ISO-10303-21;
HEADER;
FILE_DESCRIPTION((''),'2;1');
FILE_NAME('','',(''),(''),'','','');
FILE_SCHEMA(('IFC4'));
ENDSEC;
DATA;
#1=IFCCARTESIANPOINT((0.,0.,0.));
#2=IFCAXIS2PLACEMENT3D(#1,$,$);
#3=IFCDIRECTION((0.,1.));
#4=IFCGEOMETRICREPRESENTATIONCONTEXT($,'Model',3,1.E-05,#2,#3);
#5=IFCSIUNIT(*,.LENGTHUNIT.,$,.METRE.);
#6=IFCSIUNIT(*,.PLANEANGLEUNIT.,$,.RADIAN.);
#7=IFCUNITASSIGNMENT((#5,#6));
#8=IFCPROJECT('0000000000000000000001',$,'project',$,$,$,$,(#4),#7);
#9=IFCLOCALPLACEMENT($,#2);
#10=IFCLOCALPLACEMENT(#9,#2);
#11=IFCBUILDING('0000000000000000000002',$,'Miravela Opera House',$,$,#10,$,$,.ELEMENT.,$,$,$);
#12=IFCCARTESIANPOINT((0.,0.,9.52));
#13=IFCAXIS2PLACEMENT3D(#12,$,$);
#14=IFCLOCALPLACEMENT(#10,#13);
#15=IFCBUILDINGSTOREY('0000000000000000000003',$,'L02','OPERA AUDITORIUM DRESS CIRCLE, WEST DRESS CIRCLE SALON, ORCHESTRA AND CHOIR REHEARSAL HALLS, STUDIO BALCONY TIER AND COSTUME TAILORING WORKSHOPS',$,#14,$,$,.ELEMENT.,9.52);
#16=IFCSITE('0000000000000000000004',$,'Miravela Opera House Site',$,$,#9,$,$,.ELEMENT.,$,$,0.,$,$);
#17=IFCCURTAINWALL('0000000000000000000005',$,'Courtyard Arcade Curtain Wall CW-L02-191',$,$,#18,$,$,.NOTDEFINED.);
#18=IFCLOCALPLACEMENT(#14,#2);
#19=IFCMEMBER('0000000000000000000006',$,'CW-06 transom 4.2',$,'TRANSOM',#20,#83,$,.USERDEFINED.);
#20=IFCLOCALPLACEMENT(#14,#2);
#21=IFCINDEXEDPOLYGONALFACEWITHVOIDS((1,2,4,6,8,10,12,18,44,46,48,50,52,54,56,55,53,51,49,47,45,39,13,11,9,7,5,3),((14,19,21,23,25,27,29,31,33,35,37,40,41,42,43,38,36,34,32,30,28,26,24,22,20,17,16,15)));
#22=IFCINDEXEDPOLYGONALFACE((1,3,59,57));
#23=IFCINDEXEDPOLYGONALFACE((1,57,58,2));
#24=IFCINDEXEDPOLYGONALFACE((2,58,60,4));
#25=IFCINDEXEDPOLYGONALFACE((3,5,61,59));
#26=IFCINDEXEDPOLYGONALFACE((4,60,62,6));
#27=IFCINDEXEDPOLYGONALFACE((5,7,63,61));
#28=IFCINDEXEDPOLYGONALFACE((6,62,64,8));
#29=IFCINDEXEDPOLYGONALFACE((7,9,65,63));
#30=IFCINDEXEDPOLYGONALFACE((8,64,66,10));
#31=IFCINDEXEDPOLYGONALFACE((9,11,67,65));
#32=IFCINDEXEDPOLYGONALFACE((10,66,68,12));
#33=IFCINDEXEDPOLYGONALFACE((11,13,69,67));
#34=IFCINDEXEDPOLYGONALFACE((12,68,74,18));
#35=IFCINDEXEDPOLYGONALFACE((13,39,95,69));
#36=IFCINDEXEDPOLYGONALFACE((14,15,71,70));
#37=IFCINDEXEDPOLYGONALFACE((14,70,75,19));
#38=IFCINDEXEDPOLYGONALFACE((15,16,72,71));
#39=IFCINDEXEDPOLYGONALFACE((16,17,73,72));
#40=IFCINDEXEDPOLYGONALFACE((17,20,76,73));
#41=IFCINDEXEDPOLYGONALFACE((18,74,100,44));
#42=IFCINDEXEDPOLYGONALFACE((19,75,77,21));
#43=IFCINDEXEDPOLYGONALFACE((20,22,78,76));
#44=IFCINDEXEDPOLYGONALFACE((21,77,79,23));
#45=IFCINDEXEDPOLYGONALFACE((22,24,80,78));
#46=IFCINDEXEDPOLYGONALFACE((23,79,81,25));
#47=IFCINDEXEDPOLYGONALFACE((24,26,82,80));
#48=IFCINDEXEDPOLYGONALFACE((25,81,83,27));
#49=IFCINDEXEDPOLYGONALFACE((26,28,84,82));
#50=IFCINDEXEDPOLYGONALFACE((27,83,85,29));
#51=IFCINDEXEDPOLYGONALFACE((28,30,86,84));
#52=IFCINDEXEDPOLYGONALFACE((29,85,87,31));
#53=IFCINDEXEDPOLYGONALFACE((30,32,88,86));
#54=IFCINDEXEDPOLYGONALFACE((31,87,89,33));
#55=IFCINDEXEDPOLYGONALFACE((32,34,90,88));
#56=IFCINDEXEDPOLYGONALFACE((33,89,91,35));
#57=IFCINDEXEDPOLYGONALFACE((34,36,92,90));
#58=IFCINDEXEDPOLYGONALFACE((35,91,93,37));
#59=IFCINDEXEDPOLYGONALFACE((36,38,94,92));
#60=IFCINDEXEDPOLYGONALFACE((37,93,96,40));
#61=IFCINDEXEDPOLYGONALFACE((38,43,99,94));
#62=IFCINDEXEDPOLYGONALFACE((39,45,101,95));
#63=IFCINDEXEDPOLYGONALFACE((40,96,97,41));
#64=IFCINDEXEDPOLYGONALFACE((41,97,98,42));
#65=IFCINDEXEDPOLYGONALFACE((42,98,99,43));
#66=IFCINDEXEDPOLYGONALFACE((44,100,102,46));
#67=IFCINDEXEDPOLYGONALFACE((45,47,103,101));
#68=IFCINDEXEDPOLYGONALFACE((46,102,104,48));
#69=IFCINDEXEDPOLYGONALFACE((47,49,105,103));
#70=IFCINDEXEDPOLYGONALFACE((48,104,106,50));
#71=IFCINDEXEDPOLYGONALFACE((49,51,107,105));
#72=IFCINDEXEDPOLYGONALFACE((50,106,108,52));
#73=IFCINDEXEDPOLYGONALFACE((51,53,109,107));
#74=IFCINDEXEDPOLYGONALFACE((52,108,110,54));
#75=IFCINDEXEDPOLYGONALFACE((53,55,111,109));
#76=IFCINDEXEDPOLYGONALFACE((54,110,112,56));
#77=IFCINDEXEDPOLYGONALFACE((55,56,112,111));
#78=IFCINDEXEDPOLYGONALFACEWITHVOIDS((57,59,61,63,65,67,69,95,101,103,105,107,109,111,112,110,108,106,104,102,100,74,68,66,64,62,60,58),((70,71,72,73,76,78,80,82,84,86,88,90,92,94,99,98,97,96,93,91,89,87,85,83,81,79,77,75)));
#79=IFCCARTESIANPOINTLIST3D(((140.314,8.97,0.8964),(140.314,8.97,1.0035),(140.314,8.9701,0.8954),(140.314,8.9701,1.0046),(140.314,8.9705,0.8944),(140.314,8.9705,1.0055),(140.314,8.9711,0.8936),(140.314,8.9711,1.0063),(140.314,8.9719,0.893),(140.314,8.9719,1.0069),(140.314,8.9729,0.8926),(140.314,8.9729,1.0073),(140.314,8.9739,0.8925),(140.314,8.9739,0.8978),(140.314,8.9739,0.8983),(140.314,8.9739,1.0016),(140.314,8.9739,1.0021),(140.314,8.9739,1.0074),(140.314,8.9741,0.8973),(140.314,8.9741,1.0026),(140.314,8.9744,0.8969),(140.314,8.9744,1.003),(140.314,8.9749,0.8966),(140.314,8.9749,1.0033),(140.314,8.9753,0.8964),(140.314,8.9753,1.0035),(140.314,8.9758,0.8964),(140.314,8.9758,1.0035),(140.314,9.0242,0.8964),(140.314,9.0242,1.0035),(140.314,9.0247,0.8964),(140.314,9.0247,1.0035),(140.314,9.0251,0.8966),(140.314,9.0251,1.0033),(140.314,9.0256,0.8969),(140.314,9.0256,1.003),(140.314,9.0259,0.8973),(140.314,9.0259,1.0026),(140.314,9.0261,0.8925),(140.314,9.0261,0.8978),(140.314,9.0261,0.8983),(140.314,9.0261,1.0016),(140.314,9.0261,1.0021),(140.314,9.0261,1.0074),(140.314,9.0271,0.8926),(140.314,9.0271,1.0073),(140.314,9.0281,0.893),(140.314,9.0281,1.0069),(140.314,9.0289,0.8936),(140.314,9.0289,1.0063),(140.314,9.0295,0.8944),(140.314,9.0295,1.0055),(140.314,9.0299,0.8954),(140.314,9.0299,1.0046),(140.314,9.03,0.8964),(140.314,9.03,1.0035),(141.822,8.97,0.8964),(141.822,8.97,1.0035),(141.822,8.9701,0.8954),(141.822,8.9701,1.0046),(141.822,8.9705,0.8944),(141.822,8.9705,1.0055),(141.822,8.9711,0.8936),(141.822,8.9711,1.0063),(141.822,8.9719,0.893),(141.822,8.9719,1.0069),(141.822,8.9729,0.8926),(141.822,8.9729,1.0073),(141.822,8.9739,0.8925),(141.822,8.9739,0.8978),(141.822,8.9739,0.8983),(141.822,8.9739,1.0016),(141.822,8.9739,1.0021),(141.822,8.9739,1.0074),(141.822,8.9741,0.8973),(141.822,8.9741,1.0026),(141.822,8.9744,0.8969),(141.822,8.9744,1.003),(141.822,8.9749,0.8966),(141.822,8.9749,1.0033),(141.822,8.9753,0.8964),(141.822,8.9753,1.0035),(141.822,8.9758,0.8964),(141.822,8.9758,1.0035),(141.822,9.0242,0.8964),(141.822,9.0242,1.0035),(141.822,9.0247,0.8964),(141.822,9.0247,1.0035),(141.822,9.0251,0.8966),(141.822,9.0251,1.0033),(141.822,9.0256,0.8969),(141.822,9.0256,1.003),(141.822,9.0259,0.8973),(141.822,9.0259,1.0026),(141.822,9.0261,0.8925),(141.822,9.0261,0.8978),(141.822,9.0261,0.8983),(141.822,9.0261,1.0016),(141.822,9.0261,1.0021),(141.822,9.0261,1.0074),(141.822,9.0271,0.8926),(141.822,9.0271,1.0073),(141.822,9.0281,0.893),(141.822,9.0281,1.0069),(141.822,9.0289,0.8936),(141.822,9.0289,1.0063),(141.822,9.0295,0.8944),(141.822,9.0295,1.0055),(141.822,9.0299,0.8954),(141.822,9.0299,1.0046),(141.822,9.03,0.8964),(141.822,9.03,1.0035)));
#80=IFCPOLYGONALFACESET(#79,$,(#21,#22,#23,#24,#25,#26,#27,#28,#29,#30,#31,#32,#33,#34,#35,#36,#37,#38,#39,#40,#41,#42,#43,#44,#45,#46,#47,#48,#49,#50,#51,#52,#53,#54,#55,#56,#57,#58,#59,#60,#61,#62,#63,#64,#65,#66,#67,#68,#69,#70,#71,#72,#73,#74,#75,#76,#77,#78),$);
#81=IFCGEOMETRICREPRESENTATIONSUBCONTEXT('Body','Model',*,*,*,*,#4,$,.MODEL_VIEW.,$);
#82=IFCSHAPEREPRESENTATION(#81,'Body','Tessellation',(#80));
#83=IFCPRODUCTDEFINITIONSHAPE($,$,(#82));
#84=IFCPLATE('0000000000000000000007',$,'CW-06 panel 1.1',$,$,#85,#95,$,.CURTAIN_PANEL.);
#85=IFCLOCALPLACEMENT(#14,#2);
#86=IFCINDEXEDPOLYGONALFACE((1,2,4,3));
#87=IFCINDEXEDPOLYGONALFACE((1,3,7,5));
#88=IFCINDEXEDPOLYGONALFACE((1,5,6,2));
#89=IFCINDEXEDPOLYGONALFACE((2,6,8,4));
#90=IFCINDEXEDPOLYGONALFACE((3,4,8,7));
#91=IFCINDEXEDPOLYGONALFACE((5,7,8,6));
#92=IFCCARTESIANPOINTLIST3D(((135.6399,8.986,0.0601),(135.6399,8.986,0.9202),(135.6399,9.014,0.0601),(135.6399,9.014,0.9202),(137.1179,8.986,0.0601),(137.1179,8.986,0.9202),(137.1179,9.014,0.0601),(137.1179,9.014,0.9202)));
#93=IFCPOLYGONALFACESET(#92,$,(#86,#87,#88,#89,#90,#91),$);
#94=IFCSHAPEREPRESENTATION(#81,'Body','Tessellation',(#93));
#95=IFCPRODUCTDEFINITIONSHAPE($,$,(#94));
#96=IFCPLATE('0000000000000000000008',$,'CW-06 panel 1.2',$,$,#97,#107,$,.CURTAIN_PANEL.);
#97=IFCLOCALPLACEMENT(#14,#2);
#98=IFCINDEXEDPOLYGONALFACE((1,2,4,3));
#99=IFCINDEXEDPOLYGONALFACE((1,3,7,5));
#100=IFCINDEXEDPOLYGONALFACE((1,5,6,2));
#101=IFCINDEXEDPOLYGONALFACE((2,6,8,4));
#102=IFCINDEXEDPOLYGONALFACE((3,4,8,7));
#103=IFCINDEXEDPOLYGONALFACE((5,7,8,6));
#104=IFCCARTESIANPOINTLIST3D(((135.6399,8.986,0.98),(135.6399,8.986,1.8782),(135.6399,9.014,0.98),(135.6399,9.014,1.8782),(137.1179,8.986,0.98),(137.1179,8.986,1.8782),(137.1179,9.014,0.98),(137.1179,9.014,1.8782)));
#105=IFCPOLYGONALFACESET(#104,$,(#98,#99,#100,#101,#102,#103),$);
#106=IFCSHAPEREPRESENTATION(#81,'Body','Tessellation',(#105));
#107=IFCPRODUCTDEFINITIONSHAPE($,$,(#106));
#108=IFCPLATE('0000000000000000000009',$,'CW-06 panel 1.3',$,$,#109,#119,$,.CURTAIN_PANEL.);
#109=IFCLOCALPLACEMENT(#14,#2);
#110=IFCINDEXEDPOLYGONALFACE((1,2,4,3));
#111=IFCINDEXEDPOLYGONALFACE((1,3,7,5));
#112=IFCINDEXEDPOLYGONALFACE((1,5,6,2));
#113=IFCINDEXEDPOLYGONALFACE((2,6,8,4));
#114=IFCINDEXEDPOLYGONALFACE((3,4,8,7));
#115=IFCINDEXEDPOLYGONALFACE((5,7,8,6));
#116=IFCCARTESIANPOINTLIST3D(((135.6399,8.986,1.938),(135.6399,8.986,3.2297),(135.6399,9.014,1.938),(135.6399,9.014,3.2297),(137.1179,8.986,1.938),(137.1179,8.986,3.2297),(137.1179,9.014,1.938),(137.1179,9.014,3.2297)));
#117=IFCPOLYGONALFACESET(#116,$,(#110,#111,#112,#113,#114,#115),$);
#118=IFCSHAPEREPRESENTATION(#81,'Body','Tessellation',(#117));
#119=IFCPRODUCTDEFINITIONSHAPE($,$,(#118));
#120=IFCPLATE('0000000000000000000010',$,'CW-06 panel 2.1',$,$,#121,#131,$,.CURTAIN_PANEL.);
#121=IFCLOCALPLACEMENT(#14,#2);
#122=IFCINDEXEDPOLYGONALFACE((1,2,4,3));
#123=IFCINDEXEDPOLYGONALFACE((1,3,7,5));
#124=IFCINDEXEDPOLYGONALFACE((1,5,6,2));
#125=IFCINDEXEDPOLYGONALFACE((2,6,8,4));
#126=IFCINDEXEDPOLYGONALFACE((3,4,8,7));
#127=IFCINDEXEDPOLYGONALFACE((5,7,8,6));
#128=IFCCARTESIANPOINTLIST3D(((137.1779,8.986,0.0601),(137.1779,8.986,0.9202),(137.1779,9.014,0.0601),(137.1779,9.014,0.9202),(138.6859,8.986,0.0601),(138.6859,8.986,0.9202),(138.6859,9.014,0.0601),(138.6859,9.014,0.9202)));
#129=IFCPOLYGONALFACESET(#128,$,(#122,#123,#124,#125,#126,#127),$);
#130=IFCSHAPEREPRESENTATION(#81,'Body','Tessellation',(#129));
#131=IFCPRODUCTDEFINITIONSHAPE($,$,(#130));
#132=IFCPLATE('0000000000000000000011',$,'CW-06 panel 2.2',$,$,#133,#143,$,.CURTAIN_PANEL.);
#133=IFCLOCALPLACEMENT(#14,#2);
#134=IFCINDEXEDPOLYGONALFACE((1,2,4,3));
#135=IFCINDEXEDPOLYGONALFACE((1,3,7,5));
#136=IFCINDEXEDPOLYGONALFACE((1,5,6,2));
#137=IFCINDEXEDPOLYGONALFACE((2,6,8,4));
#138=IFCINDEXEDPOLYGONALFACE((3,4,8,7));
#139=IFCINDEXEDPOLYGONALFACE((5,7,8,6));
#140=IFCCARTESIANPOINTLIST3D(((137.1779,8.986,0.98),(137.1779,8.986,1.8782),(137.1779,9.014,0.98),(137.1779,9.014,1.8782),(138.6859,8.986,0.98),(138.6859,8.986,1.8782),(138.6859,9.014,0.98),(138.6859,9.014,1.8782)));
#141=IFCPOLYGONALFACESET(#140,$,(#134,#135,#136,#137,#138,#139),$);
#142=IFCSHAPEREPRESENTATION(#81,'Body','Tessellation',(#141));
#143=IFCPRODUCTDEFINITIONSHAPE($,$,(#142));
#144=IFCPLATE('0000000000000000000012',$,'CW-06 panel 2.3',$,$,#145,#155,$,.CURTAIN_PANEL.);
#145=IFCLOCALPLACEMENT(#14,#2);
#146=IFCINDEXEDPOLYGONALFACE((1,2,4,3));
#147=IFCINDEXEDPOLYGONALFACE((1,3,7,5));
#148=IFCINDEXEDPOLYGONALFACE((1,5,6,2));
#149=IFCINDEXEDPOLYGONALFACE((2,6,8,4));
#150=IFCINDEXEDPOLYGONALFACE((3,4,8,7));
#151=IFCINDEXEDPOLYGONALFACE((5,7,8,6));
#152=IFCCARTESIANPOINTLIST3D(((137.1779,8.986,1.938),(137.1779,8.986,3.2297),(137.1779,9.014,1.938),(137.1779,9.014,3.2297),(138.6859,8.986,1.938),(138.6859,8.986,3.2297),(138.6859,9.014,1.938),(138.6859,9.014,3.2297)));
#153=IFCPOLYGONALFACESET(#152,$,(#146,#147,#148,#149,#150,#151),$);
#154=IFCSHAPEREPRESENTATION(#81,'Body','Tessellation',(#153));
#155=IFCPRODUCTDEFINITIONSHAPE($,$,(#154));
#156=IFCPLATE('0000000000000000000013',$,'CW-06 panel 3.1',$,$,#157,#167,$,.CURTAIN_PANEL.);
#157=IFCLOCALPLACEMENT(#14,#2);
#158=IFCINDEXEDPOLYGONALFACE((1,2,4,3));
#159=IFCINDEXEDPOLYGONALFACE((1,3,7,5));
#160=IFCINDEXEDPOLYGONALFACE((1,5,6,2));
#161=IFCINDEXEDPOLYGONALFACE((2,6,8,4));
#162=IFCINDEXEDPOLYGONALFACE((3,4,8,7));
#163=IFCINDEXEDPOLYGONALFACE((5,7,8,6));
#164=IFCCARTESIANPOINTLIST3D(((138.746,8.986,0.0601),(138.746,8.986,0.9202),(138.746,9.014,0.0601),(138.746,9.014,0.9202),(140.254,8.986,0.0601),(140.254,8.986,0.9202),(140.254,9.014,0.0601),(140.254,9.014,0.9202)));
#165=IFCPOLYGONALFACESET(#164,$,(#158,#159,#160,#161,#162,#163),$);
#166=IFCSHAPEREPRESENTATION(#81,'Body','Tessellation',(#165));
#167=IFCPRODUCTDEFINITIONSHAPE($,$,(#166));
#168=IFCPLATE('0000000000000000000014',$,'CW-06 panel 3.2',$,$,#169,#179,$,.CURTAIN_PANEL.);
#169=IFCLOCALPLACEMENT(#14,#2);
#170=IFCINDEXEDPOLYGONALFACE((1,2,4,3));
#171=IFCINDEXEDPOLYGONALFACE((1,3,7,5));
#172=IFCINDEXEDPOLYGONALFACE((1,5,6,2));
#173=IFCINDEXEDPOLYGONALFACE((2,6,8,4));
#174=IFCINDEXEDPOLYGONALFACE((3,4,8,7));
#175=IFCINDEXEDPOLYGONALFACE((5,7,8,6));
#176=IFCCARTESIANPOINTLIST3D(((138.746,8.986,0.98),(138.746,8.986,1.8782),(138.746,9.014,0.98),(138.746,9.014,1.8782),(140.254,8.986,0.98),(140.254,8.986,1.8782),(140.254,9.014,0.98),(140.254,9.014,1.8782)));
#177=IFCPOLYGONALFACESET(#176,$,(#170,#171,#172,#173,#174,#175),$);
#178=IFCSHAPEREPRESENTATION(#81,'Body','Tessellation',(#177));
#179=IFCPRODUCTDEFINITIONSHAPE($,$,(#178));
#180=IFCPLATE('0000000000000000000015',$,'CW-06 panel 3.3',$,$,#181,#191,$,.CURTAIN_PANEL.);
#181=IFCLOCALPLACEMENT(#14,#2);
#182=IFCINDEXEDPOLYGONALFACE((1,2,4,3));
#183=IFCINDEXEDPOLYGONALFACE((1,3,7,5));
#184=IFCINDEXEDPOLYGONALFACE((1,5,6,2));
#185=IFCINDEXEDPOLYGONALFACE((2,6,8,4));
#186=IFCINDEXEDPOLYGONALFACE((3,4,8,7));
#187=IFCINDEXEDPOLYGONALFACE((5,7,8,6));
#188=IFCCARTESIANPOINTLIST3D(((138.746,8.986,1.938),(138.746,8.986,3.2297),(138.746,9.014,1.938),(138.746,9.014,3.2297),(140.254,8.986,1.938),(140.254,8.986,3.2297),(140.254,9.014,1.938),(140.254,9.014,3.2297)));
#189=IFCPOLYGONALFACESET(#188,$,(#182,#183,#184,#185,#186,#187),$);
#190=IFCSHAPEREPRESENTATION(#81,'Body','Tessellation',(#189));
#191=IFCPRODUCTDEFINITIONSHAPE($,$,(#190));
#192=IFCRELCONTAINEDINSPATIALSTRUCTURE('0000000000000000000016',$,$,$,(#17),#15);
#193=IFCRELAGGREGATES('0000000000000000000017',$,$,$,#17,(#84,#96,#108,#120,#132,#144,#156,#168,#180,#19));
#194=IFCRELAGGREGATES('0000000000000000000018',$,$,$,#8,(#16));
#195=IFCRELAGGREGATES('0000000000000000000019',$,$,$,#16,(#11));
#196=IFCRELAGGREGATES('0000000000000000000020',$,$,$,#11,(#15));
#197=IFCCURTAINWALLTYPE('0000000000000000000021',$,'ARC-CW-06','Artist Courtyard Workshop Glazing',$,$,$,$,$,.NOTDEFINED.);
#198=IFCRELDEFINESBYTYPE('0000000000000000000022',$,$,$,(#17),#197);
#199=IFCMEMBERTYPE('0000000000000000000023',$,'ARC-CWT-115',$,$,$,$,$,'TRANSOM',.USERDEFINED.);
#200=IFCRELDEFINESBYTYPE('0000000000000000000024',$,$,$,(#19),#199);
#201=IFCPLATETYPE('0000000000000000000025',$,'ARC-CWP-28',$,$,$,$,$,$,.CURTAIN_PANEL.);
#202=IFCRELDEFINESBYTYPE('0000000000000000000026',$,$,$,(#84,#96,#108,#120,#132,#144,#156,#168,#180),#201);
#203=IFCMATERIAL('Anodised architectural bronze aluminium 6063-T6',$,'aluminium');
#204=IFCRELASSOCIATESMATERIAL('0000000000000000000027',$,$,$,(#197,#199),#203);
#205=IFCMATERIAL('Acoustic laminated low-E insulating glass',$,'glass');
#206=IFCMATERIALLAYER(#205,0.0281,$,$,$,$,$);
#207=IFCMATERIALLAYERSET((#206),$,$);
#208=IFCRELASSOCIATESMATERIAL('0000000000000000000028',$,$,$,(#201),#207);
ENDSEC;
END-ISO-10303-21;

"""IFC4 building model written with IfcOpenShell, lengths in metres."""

from ifc_helpers import new_model, si_unit, direction, frame, origin, origin_2d, place, context, subcontext, project, spatial, rectangle, hollow_rectangle, extrude, material, layer, layer_set, material_profile, profile_set, type_object, element, aggregate, save


model = new_model("IFC4")

# Units and contexts
model_context = context("Model", 3, precision=1e-05, world=origin(), true_north=direction((0.0, 1.0)))
body_context = subcontext(model_context, "Body", "Model", "MODEL_VIEW")
ifc_project = project(units=[si_unit("LENGTHUNIT", "METRE"), si_unit("PLANEANGLEUNIT", "RADIAN")], contexts=[model_context])

# Site, building, storey
site_placement = place(None, origin())
site = spatial("IfcSite", under=ifc_project, at=site_placement, Name="Miravela Opera House Site", CompositionType="ELEMENT", RefElevation=0.0)
building_placement = place(site_placement, origin())
building = spatial("IfcBuilding", under=site, at=building_placement, Name="Miravela Opera House", CompositionType="ELEMENT")
storey_placement = place(building_placement, frame((0.0, 0.0, 9.52)))
storey = spatial("IfcBuildingStorey", under=building, at=storey_placement, Name="L02", Description="OPERA AUDITORIUM DRESS CIRCLE, WEST DRESS CIRCLE SALON, ORCHESTRA AND CHOIR REHEARSAL HALLS, STUDIO BALCONY TIER AND COSTUME TAILORING WORKSHOPS", CompositionType="ELEMENT", Elevation=9.52)

# Curtain wall, member, plates
ifc_material_1 = material(Name="Anodised architectural bronze aluminium 6063-T6", Category="aluminium")
curtain_wall_type = type_object("IfcCurtainWallType", Name="ARC-CW-06", Description="Artist Courtyard Workshop Glazing", PredefinedType="NOTDEFINED", material=ifc_material_1)
curtain_wall_placement = place(storey_placement, origin())
curtain_wall = element("IfcCurtainWall", 1, at=curtain_wall_placement, inside=storey, type_object=curtain_wall_type, Name="Courtyard Arcade Curtain Wall CW-L02-191", PredefinedType="NOTDEFINED")
ifc_material_profile_1 = material_profile(ifc_material_1, hollow_rectangle(XDim=0.0601, YDim=0.115, WallThickness=0.0039, InnerFilletRadius=0.002, OuterFilletRadius=0.0039, at=origin_2d()), Name="CWT-60X115")
ifc_profile_set_1 = profile_set([ifc_material_profile_1])
member_type_1 = type_object("IfcMemberType", Name="ARC-CWT-115", ElementType="TRANSOM", PredefinedType="USERDEFINED", material=ifc_profile_set_1)
member_1_placement = place(storey_placement, frame((140.314, 9.0, 0.95), z_axis=(1.0, 0.0, 0.0), x_axis=(0.0, 1.0, 0.0)))
member_1 = element("IfcMember", 2, at=member_1_placement, type_object=member_type_1, Name="CW-06 transom 4.2", ObjectType="TRANSOM", PredefinedType="USERDEFINED", context=body_context, shape_type="SweptSolid", body=[
    extrude(hollow_rectangle(XDim=0.0601, YDim=0.115, WallThickness=0.0039, InnerFilletRadius=0.002, OuterFilletRadius=0.0039, at=origin_2d()), origin(), (0.0, 0.0, 1.0), 1.5081),
])
ifc_material_2 = material(Name="Acoustic laminated low-E insulating glass", Category="glass")
ifc_layer = layer(ifc_material_2, 0.0281)
ifc_layer_set = layer_set([ifc_layer])
plate_type = type_object("IfcPlateType", Name="ARC-CWP-28", PredefinedType="CURTAIN_PANEL", material=ifc_layer_set)
plate_1_placement = place(storey_placement, frame((136.3789, 9.0, 0.0601), z_axis=(0.0, 0.0, 1.0), x_axis=(1.0, 0.0, 0.0)))
plate_1 = element("IfcPlate", 3, at=plate_1_placement, type_object=plate_type, Name="CW-06 panel 1.1", PredefinedType="CURTAIN_PANEL", context=body_context, shape_type="SweptSolid", body=[
    extrude(rectangle(XDim=1.478, YDim=0.0281, at=origin_2d()), origin(), (0.0, 0.0, 1.0), 0.8601),
])
plate_2_placement = place(storey_placement, frame((136.3789, 9.0, 0.98), z_axis=(0.0, 0.0, 1.0), x_axis=(1.0, 0.0, 0.0)))
plate_2 = element("IfcPlate", 4, at=plate_2_placement, type_object=plate_type, Name="CW-06 panel 1.2", PredefinedType="CURTAIN_PANEL", context=body_context, shape_type="SweptSolid", body=[
    extrude(rectangle(XDim=1.478, YDim=0.0281, at=origin_2d()), origin(), (0.0, 0.0, 1.0), 0.8982),
])
plate_3_placement = place(storey_placement, frame((136.3789, 9.0, 1.938), z_axis=(0.0, 0.0, 1.0), x_axis=(1.0, 0.0, 0.0)))
plate_3 = element("IfcPlate", 5, at=plate_3_placement, type_object=plate_type, Name="CW-06 panel 1.3", PredefinedType="CURTAIN_PANEL", context=body_context, shape_type="SweptSolid", body=[
    extrude(rectangle(XDim=1.478, YDim=0.0281, at=origin_2d()), origin(), (0.0, 0.0, 1.0), 1.2917),
])
plate_4_placement = place(storey_placement, frame((137.9319, 9.0, 0.0601), z_axis=(0.0, 0.0, 1.0), x_axis=(1.0, 0.0, 0.0)))
plate_4 = element("IfcPlate", 6, at=plate_4_placement, type_object=plate_type, Name="CW-06 panel 2.1", PredefinedType="CURTAIN_PANEL", context=body_context, shape_type="SweptSolid", body=[
    extrude(rectangle(XDim=1.5081, YDim=0.0281, at=origin_2d()), origin(), (0.0, 0.0, 1.0), 0.8601),
])
plate_5_placement = place(storey_placement, frame((137.9319, 9.0, 0.98), z_axis=(0.0, 0.0, 1.0), x_axis=(1.0, 0.0, 0.0)))
plate_5 = element("IfcPlate", 7, at=plate_5_placement, type_object=plate_type, Name="CW-06 panel 2.2", PredefinedType="CURTAIN_PANEL", context=body_context, shape_type="SweptSolid", body=[
    extrude(rectangle(XDim=1.5081, YDim=0.0281, at=origin_2d()), origin(), (0.0, 0.0, 1.0), 0.8982),
])
plate_6_placement = place(storey_placement, frame((137.9319, 9.0, 1.938), z_axis=(0.0, 0.0, 1.0), x_axis=(1.0, 0.0, 0.0)))
plate_6 = element("IfcPlate", 8, at=plate_6_placement, type_object=plate_type, Name="CW-06 panel 2.3", PredefinedType="CURTAIN_PANEL", context=body_context, shape_type="SweptSolid", body=[
    extrude(rectangle(XDim=1.5081, YDim=0.0281, at=origin_2d()), origin(), (0.0, 0.0, 1.0), 1.2917),
])
plate_7_placement = place(storey_placement, frame((139.5, 9.0, 0.0601), z_axis=(0.0, 0.0, 1.0), x_axis=(1.0, 0.0, 0.0)))
plate_7 = element("IfcPlate", 9, at=plate_7_placement, type_object=plate_type, Name="CW-06 panel 3.1", PredefinedType="CURTAIN_PANEL", context=body_context, shape_type="SweptSolid", body=[
    extrude(rectangle(XDim=1.5081, YDim=0.0281, at=origin_2d()), origin(), (0.0, 0.0, 1.0), 0.8601),
])
plate_8_placement = place(storey_placement, frame((139.5, 9.0, 0.98), z_axis=(0.0, 0.0, 1.0), x_axis=(1.0, 0.0, 0.0)))
plate_8 = element("IfcPlate", 10, at=plate_8_placement, type_object=plate_type, Name="CW-06 panel 3.2", PredefinedType="CURTAIN_PANEL", context=body_context, shape_type="SweptSolid", body=[
    extrude(rectangle(XDim=1.5081, YDim=0.0281, at=origin_2d()), origin(), (0.0, 0.0, 1.0), 0.8982),
])
plate_9_placement = place(storey_placement, frame((139.5, 9.0, 1.938), z_axis=(0.0, 0.0, 1.0), x_axis=(1.0, 0.0, 0.0)))
plate_9 = element("IfcPlate", 11, at=plate_9_placement, type_object=plate_type, Name="CW-06 panel 3.3", PredefinedType="CURTAIN_PANEL", context=body_context, shape_type="SweptSolid", body=[
    extrude(rectangle(XDim=1.5081, YDim=0.0281, at=origin_2d()), origin(), (0.0, 0.0, 1.0), 1.2917),
])
aggregate(curtain_wall, [plate_1, plate_2, plate_3, plate_4, plate_5, plate_6, plate_7, plate_8, plate_9, member_1])

save(model, "model.ifc")
